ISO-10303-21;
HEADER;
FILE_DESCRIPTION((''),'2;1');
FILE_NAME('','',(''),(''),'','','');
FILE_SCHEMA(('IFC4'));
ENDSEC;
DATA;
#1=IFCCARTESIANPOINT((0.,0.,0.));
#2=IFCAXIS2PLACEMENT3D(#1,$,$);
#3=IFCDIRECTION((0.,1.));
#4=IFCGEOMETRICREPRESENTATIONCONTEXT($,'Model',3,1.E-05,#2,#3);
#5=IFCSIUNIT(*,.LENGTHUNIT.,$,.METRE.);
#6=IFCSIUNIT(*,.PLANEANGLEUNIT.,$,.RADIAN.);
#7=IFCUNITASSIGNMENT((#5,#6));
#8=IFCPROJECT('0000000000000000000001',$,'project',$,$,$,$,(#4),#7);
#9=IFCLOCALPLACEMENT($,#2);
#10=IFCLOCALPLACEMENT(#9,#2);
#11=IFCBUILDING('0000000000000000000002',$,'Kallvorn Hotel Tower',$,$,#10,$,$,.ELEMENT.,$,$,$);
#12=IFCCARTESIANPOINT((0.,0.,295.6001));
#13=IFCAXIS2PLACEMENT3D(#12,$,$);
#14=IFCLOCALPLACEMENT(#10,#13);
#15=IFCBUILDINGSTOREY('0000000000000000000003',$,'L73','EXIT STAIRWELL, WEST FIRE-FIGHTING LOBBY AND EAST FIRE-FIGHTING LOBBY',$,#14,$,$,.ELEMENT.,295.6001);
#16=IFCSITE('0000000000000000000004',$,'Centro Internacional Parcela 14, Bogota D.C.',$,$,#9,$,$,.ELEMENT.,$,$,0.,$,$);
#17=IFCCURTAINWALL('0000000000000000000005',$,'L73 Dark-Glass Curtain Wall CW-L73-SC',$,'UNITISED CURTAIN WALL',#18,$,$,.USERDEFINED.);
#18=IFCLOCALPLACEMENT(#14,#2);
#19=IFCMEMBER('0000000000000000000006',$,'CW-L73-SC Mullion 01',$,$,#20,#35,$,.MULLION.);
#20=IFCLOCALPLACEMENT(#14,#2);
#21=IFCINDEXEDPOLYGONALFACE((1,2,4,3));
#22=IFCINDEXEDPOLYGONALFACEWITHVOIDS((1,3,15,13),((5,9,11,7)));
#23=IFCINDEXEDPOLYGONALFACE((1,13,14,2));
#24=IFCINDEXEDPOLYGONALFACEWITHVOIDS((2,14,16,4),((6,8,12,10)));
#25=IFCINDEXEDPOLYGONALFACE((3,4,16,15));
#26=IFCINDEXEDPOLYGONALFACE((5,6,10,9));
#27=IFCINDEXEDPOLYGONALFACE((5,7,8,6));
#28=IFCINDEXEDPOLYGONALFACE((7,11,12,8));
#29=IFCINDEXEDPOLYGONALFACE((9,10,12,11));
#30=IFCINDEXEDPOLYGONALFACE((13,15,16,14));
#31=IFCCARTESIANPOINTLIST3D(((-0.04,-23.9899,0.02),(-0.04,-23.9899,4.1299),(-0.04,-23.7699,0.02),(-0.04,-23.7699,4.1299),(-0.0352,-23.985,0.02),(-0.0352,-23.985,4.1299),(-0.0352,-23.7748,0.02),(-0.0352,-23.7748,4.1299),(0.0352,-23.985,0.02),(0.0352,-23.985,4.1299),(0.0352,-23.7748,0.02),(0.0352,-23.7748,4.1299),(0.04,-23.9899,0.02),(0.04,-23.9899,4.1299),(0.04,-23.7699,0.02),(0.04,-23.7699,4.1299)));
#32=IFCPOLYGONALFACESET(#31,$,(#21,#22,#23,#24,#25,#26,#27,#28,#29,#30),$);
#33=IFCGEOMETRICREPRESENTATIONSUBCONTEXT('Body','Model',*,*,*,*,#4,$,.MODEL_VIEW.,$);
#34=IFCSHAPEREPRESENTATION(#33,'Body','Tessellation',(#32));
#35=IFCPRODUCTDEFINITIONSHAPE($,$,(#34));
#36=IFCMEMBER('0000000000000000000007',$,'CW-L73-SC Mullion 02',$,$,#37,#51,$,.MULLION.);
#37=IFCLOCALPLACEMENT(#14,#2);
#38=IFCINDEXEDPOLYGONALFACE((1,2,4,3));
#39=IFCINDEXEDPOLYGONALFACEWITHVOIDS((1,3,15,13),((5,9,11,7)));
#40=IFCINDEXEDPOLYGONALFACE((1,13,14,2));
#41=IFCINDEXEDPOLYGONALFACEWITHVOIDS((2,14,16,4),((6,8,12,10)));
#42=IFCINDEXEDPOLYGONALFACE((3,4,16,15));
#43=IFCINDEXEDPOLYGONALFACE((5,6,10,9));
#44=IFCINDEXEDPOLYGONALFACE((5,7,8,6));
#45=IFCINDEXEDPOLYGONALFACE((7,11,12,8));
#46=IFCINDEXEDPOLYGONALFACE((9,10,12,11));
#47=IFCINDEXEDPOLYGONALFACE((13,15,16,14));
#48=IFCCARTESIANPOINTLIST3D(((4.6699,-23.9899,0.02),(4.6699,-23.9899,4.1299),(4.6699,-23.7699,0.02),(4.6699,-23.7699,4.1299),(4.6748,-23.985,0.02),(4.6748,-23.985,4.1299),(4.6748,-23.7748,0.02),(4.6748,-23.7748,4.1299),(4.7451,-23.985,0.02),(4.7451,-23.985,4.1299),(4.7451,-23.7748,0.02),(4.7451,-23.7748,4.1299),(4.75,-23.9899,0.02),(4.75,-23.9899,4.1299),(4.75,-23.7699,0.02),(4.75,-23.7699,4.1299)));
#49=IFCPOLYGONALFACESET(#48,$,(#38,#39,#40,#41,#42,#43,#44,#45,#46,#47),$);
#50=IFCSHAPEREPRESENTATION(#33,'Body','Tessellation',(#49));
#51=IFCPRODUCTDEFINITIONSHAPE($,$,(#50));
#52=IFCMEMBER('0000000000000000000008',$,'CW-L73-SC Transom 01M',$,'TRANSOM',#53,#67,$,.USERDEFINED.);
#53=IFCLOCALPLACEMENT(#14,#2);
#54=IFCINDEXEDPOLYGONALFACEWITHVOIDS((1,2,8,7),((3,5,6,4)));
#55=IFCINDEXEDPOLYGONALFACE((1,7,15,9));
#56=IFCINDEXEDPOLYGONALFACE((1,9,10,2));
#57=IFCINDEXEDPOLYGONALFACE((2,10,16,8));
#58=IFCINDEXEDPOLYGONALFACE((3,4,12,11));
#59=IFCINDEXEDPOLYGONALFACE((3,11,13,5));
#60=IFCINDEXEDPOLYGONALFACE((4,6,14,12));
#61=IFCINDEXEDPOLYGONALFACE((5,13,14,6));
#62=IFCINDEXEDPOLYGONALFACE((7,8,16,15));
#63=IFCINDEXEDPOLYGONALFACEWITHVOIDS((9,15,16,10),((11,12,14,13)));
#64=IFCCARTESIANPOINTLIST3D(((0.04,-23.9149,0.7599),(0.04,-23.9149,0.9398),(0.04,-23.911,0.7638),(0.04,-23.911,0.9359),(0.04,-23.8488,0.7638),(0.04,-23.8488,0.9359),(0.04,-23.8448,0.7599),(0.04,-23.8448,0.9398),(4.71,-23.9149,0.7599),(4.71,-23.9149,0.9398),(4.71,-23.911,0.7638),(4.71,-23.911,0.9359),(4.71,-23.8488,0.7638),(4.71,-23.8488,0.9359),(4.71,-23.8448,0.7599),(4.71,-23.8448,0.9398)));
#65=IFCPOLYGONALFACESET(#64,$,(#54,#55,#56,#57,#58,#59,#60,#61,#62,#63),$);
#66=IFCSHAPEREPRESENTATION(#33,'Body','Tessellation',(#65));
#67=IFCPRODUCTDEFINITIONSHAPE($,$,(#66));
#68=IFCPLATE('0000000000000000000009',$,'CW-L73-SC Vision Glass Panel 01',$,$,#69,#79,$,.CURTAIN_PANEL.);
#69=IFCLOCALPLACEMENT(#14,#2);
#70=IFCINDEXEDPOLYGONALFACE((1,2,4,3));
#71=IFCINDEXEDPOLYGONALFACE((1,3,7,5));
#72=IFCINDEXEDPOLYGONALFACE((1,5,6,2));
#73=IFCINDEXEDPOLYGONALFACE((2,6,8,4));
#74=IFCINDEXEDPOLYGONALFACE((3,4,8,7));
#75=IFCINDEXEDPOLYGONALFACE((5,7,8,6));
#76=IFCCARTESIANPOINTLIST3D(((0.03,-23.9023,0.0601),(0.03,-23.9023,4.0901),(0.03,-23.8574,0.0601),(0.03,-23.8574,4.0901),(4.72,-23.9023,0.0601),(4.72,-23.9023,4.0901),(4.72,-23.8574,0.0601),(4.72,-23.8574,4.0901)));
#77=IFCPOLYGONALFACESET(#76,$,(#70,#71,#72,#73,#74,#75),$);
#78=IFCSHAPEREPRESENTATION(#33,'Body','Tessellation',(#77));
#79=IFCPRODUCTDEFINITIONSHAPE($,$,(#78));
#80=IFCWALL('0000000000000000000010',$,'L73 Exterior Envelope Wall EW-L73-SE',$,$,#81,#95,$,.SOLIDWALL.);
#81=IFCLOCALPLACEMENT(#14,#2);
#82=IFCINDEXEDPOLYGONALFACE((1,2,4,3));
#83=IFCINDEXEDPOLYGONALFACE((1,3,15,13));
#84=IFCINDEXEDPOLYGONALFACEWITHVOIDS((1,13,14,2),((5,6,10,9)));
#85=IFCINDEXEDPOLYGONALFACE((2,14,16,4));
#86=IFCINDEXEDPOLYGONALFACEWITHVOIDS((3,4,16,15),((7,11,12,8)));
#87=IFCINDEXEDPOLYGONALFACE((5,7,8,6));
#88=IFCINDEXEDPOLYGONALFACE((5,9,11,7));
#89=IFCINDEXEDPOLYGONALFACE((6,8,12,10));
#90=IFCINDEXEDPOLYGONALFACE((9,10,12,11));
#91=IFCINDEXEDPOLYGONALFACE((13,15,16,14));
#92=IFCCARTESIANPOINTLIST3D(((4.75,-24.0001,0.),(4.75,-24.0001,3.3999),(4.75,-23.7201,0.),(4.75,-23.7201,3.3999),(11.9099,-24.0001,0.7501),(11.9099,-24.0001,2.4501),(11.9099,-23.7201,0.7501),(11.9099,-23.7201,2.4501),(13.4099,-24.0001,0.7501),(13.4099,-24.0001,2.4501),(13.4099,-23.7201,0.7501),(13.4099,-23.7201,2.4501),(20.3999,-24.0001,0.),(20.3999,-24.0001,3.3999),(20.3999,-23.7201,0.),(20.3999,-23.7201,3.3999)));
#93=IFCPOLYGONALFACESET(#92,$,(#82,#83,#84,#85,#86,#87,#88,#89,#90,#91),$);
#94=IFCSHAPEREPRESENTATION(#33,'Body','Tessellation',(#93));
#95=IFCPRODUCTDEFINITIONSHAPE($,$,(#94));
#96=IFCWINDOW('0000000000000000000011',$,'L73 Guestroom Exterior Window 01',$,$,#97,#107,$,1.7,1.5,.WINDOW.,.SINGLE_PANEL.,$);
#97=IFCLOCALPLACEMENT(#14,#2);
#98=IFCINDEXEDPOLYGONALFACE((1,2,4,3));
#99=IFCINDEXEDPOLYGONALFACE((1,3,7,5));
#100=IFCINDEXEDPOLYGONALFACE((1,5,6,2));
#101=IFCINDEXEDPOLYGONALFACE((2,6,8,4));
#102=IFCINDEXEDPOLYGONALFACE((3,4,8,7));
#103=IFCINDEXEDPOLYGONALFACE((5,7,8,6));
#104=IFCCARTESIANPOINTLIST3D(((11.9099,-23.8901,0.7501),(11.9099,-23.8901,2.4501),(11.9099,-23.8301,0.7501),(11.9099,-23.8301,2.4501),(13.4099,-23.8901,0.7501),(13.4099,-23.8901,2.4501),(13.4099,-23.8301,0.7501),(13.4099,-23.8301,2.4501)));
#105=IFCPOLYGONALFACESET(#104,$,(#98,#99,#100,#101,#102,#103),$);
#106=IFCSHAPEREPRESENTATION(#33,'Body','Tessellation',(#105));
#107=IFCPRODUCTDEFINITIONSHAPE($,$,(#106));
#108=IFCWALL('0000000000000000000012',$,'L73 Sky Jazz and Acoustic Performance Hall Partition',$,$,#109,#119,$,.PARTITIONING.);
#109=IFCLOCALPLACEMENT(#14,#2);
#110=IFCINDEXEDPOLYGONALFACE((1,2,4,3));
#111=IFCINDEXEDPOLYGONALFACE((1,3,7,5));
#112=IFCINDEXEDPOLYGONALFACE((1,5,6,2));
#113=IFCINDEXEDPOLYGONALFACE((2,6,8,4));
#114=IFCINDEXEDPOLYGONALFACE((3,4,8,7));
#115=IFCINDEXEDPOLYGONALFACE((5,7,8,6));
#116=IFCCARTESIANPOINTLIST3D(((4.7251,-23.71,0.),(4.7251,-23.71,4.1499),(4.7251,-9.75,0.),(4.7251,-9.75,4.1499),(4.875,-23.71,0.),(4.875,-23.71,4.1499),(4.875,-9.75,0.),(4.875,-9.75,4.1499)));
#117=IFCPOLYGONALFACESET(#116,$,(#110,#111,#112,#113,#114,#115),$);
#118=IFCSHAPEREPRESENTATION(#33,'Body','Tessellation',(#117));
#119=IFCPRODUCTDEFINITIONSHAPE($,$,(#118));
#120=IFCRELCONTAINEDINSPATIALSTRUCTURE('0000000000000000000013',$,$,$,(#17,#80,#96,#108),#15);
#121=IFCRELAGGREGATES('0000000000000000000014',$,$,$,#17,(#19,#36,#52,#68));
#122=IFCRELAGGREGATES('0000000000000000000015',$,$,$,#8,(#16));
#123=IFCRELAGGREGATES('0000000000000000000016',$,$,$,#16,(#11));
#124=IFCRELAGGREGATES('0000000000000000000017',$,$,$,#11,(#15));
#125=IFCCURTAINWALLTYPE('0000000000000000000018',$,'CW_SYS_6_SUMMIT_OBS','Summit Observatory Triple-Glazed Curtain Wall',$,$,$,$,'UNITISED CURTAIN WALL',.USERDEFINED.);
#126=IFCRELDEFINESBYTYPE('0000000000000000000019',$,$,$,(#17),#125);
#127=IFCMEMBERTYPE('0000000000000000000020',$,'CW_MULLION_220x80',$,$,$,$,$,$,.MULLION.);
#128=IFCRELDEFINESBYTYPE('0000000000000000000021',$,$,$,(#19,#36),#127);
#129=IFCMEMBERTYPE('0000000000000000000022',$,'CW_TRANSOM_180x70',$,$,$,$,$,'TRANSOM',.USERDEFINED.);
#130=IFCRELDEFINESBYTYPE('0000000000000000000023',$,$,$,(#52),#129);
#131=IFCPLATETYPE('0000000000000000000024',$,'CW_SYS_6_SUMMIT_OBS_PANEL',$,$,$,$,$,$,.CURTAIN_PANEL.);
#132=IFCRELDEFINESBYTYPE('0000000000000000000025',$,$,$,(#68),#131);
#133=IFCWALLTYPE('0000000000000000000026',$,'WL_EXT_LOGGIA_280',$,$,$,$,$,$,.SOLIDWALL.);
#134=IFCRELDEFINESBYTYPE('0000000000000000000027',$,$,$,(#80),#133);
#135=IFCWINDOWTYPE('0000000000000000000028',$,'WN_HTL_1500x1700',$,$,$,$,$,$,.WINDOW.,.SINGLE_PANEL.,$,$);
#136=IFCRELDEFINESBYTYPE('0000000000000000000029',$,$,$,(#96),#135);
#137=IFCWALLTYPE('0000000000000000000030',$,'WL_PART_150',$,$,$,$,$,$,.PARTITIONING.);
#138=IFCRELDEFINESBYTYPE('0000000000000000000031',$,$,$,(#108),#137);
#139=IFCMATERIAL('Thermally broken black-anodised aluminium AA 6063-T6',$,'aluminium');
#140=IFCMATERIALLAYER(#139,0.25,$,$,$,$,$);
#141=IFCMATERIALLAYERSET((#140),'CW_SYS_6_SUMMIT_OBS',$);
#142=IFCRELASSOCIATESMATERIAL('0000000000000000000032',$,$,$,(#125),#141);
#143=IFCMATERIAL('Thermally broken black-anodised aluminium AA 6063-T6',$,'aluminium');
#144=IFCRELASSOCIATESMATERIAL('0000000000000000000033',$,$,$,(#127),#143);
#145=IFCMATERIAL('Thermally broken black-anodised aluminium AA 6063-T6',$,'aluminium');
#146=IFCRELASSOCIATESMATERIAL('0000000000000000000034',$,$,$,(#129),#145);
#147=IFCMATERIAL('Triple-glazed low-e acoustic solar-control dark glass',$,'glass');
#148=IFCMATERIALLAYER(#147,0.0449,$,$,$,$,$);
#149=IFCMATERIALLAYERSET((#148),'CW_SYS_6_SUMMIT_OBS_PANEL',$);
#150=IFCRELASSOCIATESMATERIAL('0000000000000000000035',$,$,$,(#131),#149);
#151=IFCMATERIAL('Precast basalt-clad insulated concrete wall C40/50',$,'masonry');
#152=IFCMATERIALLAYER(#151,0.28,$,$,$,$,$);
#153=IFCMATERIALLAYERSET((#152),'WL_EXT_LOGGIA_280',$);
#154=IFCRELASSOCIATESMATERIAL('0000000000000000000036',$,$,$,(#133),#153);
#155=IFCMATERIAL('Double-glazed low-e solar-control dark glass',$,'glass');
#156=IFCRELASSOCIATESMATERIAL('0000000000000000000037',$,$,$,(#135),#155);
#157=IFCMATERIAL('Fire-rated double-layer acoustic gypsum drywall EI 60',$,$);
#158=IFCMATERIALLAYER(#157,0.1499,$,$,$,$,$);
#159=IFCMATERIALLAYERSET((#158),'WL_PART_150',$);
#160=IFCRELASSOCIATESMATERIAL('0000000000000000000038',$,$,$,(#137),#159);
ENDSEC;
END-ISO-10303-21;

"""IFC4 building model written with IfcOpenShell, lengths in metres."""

from ifc_helpers import new_model, si_unit, direction, frame, frame_2d, origin, origin_2d, place, context, subcontext, project, spatial, rectangle, hollow_rectangle, extrude, material, layer, layer_set, material_profile, profile_set, type_object, element, fill, aggregate, save


model = new_model("IFC4")

# Units and contexts
model_context = context("Model", 3, precision=1e-05, world=origin(), true_north=direction((0.0, 1.0)))
body_context = subcontext(model_context, "Body", "Model", "MODEL_VIEW")
ifc_project = project(units=[si_unit("LENGTHUNIT", "METRE"), si_unit("PLANEANGLEUNIT", "RADIAN")], contexts=[model_context])

# Site, building, storey
site_placement = place(None, origin())
site = spatial("IfcSite", under=ifc_project, at=site_placement, Name="Centro Internacional Parcela 14, Bogota D.C.", CompositionType="ELEMENT", RefElevation=0.0)
building_placement = place(site_placement, origin())
building = spatial("IfcBuilding", under=site, at=building_placement, Name="Kallvorn Hotel Tower", CompositionType="ELEMENT")
storey_placement = place(building_placement, frame((0.0, 0.0, 295.6001)))
storey = spatial("IfcBuildingStorey", under=building, at=storey_placement, Name="L73", Description="EXIT STAIRWELL, WEST FIRE-FIGHTING LOBBY AND EAST FIRE-FIGHTING LOBBY", CompositionType="ELEMENT", Elevation=295.6001)

# Curtain wall, members, plate
ifc_material_1 = material(Name="Thermally broken black-anodised aluminium AA 6063-T6", Category="aluminium")
ifc_layer_1 = layer(ifc_material_1, 0.25)
ifc_layer_set_1 = layer_set([ifc_layer_1], Name="CW_SYS_6_SUMMIT_OBS")
curtain_wall_type = type_object("IfcCurtainWallType", Name="CW_SYS_6_SUMMIT_OBS", Description="Summit Observatory Triple-Glazed Curtain Wall", ElementType="UNITISED CURTAIN WALL", PredefinedType="USERDEFINED", material=ifc_layer_set_1)
curtain_wall_placement = place(storey_placement, origin())
curtain_wall = element("IfcCurtainWall", 1, at=curtain_wall_placement, inside=storey, type_object=curtain_wall_type, Name="L73 Dark-Glass Curtain Wall CW-L73-SC", ObjectType="UNITISED CURTAIN WALL", PredefinedType="USERDEFINED")
ifc_material_2 = material(Name="Thermally broken black-anodised aluminium AA 6063-T6", Category="aluminium")
ifc_material_profile_1 = material_profile(ifc_material_2, hollow_rectangle(XDim=0.0801, YDim=0.22, WallThickness=0.0049, at=origin_2d()), Name="MUL 220x80")
ifc_profile_set_1 = profile_set([ifc_material_profile_1], Name="Thermally broken black-anodised aluminium AA 6063-T6")
member_type_1 = type_object("IfcMemberType", Name="CW_MULLION_220x80", PredefinedType="MULLION", material=ifc_profile_set_1)
member_1_placement = place(storey_placement, frame((0.0, -23.8799, 0.02), z_axis=(0.0, 0.0, 1.0), x_axis=(1.0, 0.0, 0.0)))
member_1 = element("IfcMember", 2, at=member_1_placement, type_object=member_type_1, Name="CW-L73-SC Mullion 01", PredefinedType="MULLION", context=body_context, shape_type="SweptSolid", body=[
    extrude(hollow_rectangle(XDim=0.0801, YDim=0.22, WallThickness=0.0049, at=origin_2d()), origin(), (0.0, 0.0, 1.0), 4.1099),
])
member_2_placement = place(storey_placement, frame((4.71, -23.8799, 0.02), z_axis=(0.0, 0.0, 1.0), x_axis=(1.0, 0.0, 0.0)))
member_2 = element("IfcMember", 3, at=member_2_placement, type_object=member_type_1, Name="CW-L73-SC Mullion 02", PredefinedType="MULLION", context=body_context, shape_type="SweptSolid", body=[
    extrude(hollow_rectangle(XDim=0.0801, YDim=0.22, WallThickness=0.0049, at=origin_2d()), origin(), (0.0, 0.0, 1.0), 4.1099),
])
ifc_material_3 = material(Name="Thermally broken black-anodised aluminium AA 6063-T6", Category="aluminium")
ifc_material_profile_2 = material_profile(ifc_material_3, hollow_rectangle(XDim=0.0701, YDim=0.1799, WallThickness=0.0039, at=origin_2d()), Name="TRN 180x70")
ifc_profile_set_2 = profile_set([ifc_material_profile_2], Name="Thermally broken black-anodised aluminium AA 6063-T6")
member_type_2 = type_object("IfcMemberType", Name="CW_TRANSOM_180x70", ElementType="TRANSOM", PredefinedType="USERDEFINED", material=ifc_profile_set_2)
member_3_placement = place(storey_placement, frame((0.04, -23.8799, 0.8499), z_axis=(1.0, 0.0, 0.0), x_axis=(0.0, 1.0, 0.0)))
member_3 = element("IfcMember", 4, at=member_3_placement, type_object=member_type_2, Name="CW-L73-SC Transom 01M", ObjectType="TRANSOM", PredefinedType="USERDEFINED", context=body_context, shape_type="SweptSolid", body=[
    extrude(hollow_rectangle(XDim=0.0701, YDim=0.1799, WallThickness=0.0039, at=origin_2d()), origin(), (0.0, 0.0, 1.0), 4.6699),
])
ifc_material_4 = material(Name="Triple-glazed low-e acoustic solar-control dark glass", Category="glass")
ifc_layer_2 = layer(ifc_material_4, 0.0449)
ifc_layer_set_2 = layer_set([ifc_layer_2], Name="CW_SYS_6_SUMMIT_OBS_PANEL")
plate_type = type_object("IfcPlateType", Name="CW_SYS_6_SUMMIT_OBS_PANEL", PredefinedType="CURTAIN_PANEL", material=ifc_layer_set_2)
plate_placement = place(storey_placement, frame((2.375, -23.8799, 0.0601), z_axis=(0.0, 0.0, 1.0), x_axis=(1.0, 0.0, 0.0)))
plate = element("IfcPlate", 5, at=plate_placement, type_object=plate_type, Name="CW-L73-SC Vision Glass Panel 01", PredefinedType="CURTAIN_PANEL", context=body_context, shape_type="SweptSolid", body=[
    extrude(rectangle(XDim=4.6899, YDim=0.0449, at=origin_2d()), origin(), (0.0, 0.0, 1.0), 4.03),
])
aggregate(curtain_wall, [member_1, member_2, member_3, plate])

# Wall, opening, window
ifc_material_5 = material(Name="Precast basalt-clad insulated concrete wall C40/50", Category="masonry")
ifc_layer_3 = layer(ifc_material_5, 0.28)
ifc_layer_set_3 = layer_set([ifc_layer_3], Name="WL_EXT_LOGGIA_280")
wall_type_1 = type_object("IfcWallType", Name="WL_EXT_LOGGIA_280", PredefinedType="SOLIDWALL", material=ifc_layer_set_3)
wall_1_placement = place(storey_placement, frame((4.75, -23.8601, 0.0), z_axis=(0.0, 0.0, 1.0), x_axis=(1.0, 0.0, 0.0)))
wall_1 = element("IfcWall", 6, at=wall_1_placement, inside=storey, type_object=wall_type_1, Name="L73 Exterior Envelope Wall EW-L73-SE", PredefinedType="SOLIDWALL", context=body_context, shape_type="SweptSolid", body=[
    extrude(rectangle(XDim=15.6499, YDim=0.28, at=frame_2d((7.825, 0.0))), origin(), (0.0, 0.0, 1.0), 3.3999),
])
opening_placement = place(wall_1_placement, frame((7.1599, 0.0, 0.75)))
opening = element("IfcOpeningElement", 7, at=opening_placement, cuts=wall_1, PredefinedType="OPENING", context=body_context, shape_type="SweptSolid", body=[
    extrude(rectangle(XDim=1.5, YDim=1.7, at=frame_2d((0.75, 0.8501))), frame((0.0, 0.155, 0.0), z_axis=(0.0, -1.0, 0.0), x_axis=(1.0, 0.0, 0.0)), (0.0, 0.0, 1.0), 0.3101),
])
ifc_material_6 = material(Name="Double-glazed low-e solar-control dark glass", Category="glass")
window_type = type_object("IfcWindowType", Name="WN_HTL_1500x1700", PartitioningType="SINGLE_PANEL", PredefinedType="WINDOW", material=ifc_material_6)
window_placement = place(opening_placement, origin())
window = element("IfcWindow", 8, at=window_placement, inside=storey, type_object=window_type, Name="L73 Guestroom Exterior Window 01", OverallHeight=1.7, OverallWidth=1.5, PartitioningType="SINGLE_PANEL", PredefinedType="WINDOW", context=body_context, shape_type="SweptSolid", body=[
    extrude(rectangle(XDim=1.5, YDim=1.7, at=frame_2d((0.75, 0.8501))), frame((0.0, 0.03, 0.0), z_axis=(0.0, -1.0, 0.0), x_axis=(1.0, 0.0, 0.0)), (0.0, 0.0, 1.0), 0.0601),
])
fill(opening, window)

# Wall
ifc_material_7 = material(Name="Fire-rated double-layer acoustic gypsum drywall EI 60")
ifc_layer_4 = layer(ifc_material_7, 0.1499)
ifc_layer_set_4 = layer_set([ifc_layer_4], Name="WL_PART_150")
wall_type_2 = type_object("IfcWallType", Name="WL_PART_150", PredefinedType="PARTITIONING", material=ifc_layer_set_4)
wall_2_placement = place(storey_placement, frame((4.8, -23.71, 0.0), z_axis=(0.0, 0.0, 1.0), x_axis=(0.0, 1.0, 0.0)))
element("IfcWall", 9, at=wall_2_placement, inside=storey, type_object=wall_type_2, Name="L73 Sky Jazz and Acoustic Performance Hall Partition", PredefinedType="PARTITIONING", context=body_context, shape_type="SweptSolid", body=[
    extrude(rectangle(XDim=13.96, YDim=0.1499, at=frame_2d((6.98, 0.0))), origin(), (0.0, 0.0, 1.0), 4.1499),
])

save(model, "model.ifc")
